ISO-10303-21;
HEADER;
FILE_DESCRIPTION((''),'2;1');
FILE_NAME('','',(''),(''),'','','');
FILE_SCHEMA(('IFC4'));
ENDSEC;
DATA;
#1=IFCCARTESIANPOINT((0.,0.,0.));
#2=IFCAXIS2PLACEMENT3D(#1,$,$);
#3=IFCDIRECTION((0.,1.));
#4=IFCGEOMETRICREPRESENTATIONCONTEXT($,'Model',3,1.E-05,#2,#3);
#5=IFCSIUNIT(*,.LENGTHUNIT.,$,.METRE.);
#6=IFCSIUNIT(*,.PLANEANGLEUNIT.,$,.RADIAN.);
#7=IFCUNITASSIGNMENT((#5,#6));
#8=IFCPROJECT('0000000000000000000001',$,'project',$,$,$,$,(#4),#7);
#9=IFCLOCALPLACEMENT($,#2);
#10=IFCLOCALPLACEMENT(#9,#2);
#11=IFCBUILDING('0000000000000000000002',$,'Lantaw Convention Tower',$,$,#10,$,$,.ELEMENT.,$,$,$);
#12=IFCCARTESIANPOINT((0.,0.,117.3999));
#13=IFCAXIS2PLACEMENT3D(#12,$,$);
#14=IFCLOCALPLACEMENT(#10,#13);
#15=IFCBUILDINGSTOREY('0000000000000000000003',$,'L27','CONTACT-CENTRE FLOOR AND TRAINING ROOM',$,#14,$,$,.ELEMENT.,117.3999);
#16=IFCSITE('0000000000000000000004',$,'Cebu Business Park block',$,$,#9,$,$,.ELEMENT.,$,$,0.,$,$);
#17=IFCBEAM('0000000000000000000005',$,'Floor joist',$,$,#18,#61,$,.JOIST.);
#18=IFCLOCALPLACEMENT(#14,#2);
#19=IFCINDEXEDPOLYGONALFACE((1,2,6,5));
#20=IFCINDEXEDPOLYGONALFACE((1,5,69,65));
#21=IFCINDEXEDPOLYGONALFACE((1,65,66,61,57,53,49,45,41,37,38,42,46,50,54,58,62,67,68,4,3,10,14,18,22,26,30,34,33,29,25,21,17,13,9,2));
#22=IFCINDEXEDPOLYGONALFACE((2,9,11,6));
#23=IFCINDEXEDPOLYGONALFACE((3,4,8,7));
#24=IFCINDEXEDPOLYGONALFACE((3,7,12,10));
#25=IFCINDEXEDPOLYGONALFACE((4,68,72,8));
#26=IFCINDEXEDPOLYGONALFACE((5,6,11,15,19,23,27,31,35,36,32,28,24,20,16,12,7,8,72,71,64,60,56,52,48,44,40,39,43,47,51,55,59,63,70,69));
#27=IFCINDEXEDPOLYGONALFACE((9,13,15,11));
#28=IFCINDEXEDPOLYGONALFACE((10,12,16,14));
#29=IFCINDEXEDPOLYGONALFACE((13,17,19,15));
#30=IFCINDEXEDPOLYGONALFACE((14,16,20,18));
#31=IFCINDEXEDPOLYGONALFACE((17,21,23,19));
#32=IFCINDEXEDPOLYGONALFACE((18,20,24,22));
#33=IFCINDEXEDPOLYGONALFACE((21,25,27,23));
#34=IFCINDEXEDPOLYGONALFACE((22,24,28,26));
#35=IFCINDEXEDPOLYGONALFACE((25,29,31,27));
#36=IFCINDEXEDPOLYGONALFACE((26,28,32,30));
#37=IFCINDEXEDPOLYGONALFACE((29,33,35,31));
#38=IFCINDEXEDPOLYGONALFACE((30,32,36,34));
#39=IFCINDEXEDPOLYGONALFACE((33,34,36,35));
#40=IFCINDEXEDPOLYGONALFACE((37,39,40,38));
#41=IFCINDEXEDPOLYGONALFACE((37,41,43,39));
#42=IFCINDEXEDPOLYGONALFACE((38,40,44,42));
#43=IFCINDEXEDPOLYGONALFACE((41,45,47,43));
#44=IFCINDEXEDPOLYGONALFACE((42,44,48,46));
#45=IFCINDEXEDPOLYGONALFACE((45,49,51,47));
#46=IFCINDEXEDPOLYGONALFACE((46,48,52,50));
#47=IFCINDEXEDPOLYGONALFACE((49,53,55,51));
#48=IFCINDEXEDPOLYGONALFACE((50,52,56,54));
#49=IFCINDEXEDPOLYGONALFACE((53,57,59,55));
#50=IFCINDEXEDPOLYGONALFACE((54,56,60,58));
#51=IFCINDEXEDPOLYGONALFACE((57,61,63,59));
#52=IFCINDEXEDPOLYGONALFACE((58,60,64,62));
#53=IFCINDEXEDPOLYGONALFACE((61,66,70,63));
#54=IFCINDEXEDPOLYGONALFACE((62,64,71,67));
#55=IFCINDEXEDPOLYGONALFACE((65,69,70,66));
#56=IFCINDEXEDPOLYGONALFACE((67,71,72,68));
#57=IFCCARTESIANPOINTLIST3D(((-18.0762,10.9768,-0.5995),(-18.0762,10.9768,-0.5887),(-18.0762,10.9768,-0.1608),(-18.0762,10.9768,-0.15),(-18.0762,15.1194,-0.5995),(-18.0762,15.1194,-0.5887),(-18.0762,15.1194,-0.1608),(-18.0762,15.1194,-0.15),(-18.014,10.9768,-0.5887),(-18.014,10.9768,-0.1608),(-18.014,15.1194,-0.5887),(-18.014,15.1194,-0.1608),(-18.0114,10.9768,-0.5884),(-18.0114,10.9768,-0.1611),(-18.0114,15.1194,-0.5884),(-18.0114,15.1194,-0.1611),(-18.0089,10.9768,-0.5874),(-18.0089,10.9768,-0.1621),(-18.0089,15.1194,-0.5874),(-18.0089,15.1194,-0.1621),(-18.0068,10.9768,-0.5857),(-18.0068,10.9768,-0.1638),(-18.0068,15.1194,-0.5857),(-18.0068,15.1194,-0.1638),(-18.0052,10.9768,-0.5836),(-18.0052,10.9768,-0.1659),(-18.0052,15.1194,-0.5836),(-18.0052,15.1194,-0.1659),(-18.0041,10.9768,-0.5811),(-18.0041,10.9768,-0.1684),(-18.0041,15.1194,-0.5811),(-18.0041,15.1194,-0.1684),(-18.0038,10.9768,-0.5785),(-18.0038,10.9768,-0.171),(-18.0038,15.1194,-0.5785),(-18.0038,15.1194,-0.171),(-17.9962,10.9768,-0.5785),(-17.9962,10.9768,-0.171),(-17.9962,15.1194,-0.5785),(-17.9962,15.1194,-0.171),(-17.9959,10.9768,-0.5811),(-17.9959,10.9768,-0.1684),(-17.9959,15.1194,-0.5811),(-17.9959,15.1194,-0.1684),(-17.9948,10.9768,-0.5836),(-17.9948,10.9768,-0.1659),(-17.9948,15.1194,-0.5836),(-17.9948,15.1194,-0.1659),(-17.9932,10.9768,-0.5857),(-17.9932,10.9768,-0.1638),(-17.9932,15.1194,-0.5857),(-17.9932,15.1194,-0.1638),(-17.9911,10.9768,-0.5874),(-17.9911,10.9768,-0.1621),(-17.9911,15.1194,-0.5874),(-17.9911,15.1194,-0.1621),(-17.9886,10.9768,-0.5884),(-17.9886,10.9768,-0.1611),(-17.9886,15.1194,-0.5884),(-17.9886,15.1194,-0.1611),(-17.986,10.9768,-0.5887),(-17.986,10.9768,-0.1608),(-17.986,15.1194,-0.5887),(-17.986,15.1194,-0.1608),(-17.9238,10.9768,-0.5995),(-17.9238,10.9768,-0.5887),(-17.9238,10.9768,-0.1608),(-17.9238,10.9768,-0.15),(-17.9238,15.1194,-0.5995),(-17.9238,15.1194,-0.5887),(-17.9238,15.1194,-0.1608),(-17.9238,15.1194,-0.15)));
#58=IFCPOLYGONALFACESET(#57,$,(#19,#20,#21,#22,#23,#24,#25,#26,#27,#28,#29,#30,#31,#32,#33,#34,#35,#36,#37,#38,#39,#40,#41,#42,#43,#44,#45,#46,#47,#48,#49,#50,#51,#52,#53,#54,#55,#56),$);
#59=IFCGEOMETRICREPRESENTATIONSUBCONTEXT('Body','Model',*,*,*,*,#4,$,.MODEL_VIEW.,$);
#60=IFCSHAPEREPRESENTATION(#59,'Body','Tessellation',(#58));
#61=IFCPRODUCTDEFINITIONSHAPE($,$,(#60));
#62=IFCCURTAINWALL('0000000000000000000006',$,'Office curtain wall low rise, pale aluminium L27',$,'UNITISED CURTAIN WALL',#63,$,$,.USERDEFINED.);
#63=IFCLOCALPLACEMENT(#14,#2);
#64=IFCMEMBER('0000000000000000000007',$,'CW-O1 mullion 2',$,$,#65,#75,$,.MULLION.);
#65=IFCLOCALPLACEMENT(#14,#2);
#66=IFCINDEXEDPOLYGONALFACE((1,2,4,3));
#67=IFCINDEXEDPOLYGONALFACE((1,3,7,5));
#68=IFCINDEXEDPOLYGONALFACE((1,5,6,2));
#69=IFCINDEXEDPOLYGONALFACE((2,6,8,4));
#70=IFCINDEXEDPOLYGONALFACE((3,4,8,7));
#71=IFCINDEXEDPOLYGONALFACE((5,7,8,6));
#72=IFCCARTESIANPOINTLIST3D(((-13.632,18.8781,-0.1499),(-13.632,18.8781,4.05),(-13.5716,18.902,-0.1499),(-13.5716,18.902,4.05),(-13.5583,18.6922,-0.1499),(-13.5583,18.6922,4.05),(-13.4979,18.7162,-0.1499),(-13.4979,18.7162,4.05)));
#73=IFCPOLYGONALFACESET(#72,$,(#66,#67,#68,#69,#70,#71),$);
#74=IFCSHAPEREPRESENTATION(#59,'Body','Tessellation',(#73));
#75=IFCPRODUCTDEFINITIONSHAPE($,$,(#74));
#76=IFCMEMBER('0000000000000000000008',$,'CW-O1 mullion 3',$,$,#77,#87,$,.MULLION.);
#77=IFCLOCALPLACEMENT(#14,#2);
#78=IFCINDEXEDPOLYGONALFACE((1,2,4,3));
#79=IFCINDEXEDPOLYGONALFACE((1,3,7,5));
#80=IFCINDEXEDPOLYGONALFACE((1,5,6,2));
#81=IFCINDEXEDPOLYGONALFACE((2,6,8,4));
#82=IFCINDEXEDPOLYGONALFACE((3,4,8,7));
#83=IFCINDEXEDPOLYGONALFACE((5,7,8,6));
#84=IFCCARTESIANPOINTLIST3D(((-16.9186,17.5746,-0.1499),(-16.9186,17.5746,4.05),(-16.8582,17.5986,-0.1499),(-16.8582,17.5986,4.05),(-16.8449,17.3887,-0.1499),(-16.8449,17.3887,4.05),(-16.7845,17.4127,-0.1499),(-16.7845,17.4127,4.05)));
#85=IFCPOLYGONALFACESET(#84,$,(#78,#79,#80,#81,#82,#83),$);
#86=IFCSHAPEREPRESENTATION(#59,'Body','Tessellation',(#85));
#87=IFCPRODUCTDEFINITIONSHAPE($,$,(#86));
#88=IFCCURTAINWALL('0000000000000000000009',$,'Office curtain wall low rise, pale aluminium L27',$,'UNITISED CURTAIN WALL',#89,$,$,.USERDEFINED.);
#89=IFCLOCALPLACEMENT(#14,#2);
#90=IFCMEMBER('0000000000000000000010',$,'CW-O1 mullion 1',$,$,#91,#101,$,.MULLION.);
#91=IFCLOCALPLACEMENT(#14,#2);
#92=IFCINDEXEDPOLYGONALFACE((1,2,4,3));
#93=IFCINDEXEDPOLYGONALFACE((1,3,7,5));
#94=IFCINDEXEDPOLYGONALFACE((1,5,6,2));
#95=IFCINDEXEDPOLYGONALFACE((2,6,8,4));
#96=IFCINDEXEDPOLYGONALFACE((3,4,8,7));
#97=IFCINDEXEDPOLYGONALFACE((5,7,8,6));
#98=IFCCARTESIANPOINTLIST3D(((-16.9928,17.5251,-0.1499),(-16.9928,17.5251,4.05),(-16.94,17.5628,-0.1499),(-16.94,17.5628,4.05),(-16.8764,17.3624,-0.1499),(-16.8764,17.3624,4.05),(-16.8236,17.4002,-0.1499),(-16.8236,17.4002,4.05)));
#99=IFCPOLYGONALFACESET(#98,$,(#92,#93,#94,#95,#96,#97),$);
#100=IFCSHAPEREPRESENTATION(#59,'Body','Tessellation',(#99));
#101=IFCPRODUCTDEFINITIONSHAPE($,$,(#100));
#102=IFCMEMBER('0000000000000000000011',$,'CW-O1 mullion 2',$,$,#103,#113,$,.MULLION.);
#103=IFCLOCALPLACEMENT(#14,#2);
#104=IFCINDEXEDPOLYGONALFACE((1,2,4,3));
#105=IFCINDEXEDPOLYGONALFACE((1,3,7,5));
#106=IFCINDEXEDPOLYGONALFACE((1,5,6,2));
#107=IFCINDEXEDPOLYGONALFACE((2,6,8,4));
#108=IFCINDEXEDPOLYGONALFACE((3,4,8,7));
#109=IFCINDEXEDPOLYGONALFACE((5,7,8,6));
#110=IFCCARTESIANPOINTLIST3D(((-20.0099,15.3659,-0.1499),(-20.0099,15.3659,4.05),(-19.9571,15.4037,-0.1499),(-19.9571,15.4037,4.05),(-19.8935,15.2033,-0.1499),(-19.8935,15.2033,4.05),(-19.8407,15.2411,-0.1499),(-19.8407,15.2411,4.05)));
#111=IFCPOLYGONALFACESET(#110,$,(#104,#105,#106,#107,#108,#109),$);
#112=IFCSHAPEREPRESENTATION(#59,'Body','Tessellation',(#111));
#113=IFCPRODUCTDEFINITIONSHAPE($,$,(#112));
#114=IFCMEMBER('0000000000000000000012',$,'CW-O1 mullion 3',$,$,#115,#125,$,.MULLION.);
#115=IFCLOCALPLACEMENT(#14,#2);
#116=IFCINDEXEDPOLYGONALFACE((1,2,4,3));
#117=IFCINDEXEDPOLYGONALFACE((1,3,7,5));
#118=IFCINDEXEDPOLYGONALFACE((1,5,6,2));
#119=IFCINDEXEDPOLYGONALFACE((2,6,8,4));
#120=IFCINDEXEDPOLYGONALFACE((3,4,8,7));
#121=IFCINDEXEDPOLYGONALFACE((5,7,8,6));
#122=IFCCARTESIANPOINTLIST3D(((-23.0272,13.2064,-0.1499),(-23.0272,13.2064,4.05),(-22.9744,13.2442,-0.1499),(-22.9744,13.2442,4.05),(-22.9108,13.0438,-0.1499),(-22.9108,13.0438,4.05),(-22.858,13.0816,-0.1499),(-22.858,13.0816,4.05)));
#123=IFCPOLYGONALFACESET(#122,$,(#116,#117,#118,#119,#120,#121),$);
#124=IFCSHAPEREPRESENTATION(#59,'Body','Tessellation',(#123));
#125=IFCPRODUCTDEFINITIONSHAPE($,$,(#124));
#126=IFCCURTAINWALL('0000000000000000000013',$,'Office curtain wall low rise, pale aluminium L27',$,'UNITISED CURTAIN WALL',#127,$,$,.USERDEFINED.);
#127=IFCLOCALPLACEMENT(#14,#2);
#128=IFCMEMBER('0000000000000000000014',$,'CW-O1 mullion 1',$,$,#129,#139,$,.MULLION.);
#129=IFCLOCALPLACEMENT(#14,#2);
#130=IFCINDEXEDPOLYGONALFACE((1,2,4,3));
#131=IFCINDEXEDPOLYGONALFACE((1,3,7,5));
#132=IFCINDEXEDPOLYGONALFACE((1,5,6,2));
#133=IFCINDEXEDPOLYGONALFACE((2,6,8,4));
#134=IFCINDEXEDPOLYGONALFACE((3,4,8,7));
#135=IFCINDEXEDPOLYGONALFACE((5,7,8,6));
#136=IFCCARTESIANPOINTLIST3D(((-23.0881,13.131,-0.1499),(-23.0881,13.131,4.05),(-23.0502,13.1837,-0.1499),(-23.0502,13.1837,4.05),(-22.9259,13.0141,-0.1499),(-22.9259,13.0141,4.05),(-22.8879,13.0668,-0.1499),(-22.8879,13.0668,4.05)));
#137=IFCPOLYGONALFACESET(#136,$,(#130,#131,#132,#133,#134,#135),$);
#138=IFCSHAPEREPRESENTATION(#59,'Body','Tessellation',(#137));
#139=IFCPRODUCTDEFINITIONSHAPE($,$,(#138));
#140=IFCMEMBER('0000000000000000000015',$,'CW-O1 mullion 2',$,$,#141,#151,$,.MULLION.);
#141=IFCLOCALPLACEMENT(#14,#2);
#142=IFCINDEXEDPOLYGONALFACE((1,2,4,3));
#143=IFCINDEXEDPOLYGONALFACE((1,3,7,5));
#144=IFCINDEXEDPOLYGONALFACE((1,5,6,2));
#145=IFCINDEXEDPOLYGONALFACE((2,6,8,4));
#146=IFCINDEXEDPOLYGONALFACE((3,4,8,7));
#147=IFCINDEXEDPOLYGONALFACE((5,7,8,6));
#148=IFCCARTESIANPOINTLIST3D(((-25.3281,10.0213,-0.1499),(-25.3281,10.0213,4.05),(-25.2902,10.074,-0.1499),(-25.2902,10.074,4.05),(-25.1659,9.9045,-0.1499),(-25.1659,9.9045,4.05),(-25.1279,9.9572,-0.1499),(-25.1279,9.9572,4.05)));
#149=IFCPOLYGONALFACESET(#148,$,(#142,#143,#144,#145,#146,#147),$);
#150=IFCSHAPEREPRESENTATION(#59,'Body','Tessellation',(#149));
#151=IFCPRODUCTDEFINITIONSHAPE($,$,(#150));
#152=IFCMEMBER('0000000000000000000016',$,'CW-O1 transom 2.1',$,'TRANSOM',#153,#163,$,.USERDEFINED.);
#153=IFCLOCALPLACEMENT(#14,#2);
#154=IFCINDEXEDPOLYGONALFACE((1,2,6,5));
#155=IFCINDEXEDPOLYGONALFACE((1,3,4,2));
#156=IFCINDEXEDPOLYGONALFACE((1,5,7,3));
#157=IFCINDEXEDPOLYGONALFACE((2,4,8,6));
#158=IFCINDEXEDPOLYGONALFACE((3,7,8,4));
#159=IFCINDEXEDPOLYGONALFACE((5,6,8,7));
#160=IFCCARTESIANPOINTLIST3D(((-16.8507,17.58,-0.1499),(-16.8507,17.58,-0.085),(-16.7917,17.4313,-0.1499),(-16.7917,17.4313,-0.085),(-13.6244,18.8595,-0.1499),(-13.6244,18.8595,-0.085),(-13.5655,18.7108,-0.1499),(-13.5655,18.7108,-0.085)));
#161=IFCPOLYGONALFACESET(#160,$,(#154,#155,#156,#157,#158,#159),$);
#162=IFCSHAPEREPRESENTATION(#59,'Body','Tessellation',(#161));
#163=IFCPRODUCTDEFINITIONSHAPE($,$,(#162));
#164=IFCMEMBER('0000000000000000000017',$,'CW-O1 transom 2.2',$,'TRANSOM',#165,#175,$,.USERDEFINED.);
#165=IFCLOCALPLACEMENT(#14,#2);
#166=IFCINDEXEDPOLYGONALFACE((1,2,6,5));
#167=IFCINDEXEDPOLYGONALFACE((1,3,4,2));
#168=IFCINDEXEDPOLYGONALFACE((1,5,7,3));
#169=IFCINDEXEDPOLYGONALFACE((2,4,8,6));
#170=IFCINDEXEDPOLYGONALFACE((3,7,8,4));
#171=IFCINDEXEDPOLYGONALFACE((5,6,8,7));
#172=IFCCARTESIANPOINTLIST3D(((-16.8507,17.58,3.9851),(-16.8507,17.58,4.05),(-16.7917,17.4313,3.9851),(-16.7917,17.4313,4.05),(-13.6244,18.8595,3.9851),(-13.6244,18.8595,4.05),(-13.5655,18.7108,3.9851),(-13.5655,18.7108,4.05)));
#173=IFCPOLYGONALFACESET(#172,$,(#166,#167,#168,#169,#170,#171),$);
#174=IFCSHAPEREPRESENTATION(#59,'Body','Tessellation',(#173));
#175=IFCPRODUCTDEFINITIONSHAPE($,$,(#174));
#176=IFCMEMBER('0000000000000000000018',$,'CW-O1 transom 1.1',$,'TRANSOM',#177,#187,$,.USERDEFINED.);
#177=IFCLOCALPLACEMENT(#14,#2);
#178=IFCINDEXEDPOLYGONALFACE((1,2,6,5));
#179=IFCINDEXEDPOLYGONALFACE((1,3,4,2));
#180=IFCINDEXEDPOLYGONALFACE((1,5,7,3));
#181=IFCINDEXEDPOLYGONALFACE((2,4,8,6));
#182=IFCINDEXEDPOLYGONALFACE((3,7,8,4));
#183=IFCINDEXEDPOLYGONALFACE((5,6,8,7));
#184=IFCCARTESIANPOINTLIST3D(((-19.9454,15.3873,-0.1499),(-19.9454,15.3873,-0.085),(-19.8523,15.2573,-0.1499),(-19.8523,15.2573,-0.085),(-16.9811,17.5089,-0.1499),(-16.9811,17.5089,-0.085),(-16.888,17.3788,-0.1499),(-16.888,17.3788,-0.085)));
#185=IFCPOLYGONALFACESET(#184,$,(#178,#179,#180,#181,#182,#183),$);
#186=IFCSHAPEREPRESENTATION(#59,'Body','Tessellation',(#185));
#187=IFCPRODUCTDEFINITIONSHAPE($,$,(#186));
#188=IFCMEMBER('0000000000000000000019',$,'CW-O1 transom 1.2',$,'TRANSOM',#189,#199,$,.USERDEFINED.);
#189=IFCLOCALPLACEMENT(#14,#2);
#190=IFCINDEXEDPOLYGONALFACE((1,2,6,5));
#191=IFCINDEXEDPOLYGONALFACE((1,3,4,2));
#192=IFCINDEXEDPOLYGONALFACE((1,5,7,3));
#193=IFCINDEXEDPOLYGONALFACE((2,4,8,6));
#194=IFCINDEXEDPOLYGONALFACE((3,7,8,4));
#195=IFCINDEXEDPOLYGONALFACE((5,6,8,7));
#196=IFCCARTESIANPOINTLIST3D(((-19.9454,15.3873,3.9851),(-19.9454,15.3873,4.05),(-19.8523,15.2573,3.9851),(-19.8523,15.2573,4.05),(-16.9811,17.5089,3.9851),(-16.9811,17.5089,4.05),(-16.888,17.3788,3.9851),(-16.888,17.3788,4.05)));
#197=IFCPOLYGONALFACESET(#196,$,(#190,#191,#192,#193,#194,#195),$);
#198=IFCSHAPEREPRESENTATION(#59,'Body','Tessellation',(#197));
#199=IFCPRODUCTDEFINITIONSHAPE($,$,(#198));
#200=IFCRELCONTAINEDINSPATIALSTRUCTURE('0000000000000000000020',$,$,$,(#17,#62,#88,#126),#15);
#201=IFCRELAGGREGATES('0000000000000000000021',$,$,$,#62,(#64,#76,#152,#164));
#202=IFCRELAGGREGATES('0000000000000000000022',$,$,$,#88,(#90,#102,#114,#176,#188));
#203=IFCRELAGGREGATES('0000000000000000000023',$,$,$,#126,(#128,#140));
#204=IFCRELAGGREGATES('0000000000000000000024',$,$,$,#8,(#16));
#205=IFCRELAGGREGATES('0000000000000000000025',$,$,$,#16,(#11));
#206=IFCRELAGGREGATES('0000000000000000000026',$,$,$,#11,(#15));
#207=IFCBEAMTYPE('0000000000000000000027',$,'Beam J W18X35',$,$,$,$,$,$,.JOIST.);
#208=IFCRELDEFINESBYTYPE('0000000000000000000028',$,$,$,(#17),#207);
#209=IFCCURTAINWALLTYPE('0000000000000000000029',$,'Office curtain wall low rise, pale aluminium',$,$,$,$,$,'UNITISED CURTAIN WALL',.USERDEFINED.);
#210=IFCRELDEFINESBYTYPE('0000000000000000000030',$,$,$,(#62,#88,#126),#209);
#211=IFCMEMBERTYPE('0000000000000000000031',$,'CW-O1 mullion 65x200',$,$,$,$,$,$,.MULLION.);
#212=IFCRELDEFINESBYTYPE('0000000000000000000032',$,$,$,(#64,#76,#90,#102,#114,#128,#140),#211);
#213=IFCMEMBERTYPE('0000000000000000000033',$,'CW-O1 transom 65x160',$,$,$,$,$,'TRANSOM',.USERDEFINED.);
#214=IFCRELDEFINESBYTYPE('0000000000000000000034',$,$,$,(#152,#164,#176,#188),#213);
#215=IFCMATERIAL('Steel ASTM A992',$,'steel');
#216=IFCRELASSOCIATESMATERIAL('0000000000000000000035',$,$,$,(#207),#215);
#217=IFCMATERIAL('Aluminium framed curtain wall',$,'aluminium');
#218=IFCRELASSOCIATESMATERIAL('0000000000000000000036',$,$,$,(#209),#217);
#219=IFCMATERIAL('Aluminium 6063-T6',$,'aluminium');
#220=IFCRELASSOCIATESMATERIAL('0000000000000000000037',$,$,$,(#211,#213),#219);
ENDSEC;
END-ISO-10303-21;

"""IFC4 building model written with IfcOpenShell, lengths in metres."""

from ifc_helpers import new_model, si_unit, direction, frame, origin, origin_2d, place, context, subcontext, project, spatial, rectangle, i_section, extrude, material, material_profile, profile_set, type_object, element, aggregate, save


model = new_model("IFC4")

# Units and contexts
model_context = context("Model", 3, precision=1e-05, world=origin(), true_north=direction((0.0, 1.0)))
body_context = subcontext(model_context, "Body", "Model", "MODEL_VIEW")
ifc_project = project(units=[si_unit("LENGTHUNIT", "METRE"), si_unit("PLANEANGLEUNIT", "RADIAN")], contexts=[model_context])

# Site, building, storey
site_placement = place(None, origin())
site = spatial("IfcSite", under=ifc_project, at=site_placement, Name="Cebu Business Park block", CompositionType="ELEMENT", RefElevation=0.0)
building_placement = place(site_placement, origin())
building = spatial("IfcBuilding", under=site, at=building_placement, Name="Lantaw Convention Tower", CompositionType="ELEMENT")
storey_placement = place(building_placement, frame((0.0, 0.0, 117.3999)))
storey = spatial("IfcBuildingStorey", under=building, at=storey_placement, Name="L27", Description="CONTACT-CENTRE FLOOR AND TRAINING ROOM", CompositionType="ELEMENT", Elevation=117.3999)

# Beam
ifc_material_1 = material(Name="Steel ASTM A992", Category="steel")
ifc_material_profile_1 = material_profile(ifc_material_1, i_section(OverallWidth=0.1523, OverallDepth=0.4495, WebThickness=0.0076, FlangeThickness=0.0107, FilletRadius=0.0103, at=origin_2d()), Name="W18X35")
ifc_profile_set_1 = profile_set([ifc_material_profile_1], Name="Steel ASTM A992")
beam_type_1 = type_object("IfcBeamType", Name="Beam J W18X35", PredefinedType="JOIST", material=ifc_profile_set_1)
beam_1_placement = place(storey_placement, frame((-18.0, 10.9768, -0.3748), z_axis=(0.0, 1.0, 0.0), x_axis=(-1.0, 0.0, 0.0)))
element("IfcBeam", 1, at=beam_1_placement, inside=storey, type_object=beam_type_1, Name="Floor joist", PredefinedType="JOIST", context=body_context, shape_type="SweptSolid", body=[
    extrude(i_section(OverallWidth=0.1523, OverallDepth=0.4495, WebThickness=0.0076, FlangeThickness=0.0107, FilletRadius=0.0103, at=origin_2d()), origin(), (0.0, 0.0, 1.0), 4.1426),
])

# Curtain walls, members
ifc_material_2 = material(Name="Aluminium framed curtain wall", Category="aluminium")
curtain_wall_type = type_object("IfcCurtainWallType", Name="Office curtain wall low rise, pale aluminium", ElementType="UNITISED CURTAIN WALL", PredefinedType="USERDEFINED", material=ifc_material_2)
curtain_wall_1_placement = place(storey_placement, origin())
curtain_wall_1 = element("IfcCurtainWall", 2, at=curtain_wall_1_placement, inside=storey, type_object=curtain_wall_type, Name="Office curtain wall low rise, pale aluminium L27", ObjectType="UNITISED CURTAIN WALL", PredefinedType="USERDEFINED")
ifc_material_3 = material(Name="Aluminium 6063-T6", Category="aluminium")
ifc_material_profile_2 = material_profile(ifc_material_3, rectangle(XDim=0.2, YDim=0.0649, at=origin_2d()), Name="CW-O1 mullion 65x200")
ifc_profile_set_2 = profile_set([ifc_material_profile_2], Name="Aluminium 6063-T6")
member_type_1 = type_object("IfcMemberType", Name="CW-O1 mullion 65x200", PredefinedType="MULLION", material=ifc_profile_set_2)
member_1_placement = place(storey_placement, frame((-13.5649, 18.7971, -0.1499), z_axis=(0.0, 0.0, 1.0), x_axis=(0.368702, -0.929548, 0.0)))
member_1 = element("IfcMember", 3, at=member_1_placement, type_object=member_type_1, Name="CW-O1 mullion 2", PredefinedType="MULLION", context=body_context, shape_type="SweptSolid", body=[
    extrude(rectangle(XDim=0.2, YDim=0.0649, at=origin_2d()), origin(), (0.0, 0.0, 1.0), 4.2),
])
member_2_placement = place(storey_placement, frame((-16.8516, 17.4937, -0.1499), z_axis=(0.0, 0.0, 1.0), x_axis=(0.368702, -0.929548, 0.0)))
member_2 = element("IfcMember", 4, at=member_2_placement, type_object=member_type_1, Name="CW-O1 mullion 3", PredefinedType="MULLION", context=body_context, shape_type="SweptSolid", body=[
    extrude(rectangle(XDim=0.2, YDim=0.0649, at=origin_2d()), origin(), (0.0, 0.0, 1.0), 4.2),
])
curtain_wall_2_placement = place(storey_placement, origin())
curtain_wall_2 = element("IfcCurtainWall", 5, at=curtain_wall_2_placement, inside=storey, type_object=curtain_wall_type, Name="Office curtain wall low rise, pale aluminium L27", ObjectType="UNITISED CURTAIN WALL", PredefinedType="USERDEFINED")
member_3_placement = place(storey_placement, frame((-16.9082, 17.4626, -0.1499), z_axis=(0.0, 0.0, 1.0), x_axis=(0.581973, -0.813208, 0.0)))
member_3 = element("IfcMember", 6, at=member_3_placement, type_object=member_type_1, Name="CW-O1 mullion 1", PredefinedType="MULLION", context=body_context, shape_type="SweptSolid", body=[
    extrude(rectangle(XDim=0.2, YDim=0.0649, at=origin_2d()), origin(), (0.0, 0.0, 1.0), 4.2),
])
member_4_placement = place(storey_placement, frame((-19.9253, 15.3035, -0.1499), z_axis=(0.0, 0.0, 1.0), x_axis=(0.581973, -0.813208, 0.0)))
member_4 = element("IfcMember", 7, at=member_4_placement, type_object=member_type_1, Name="CW-O1 mullion 2", PredefinedType="MULLION", context=body_context, shape_type="SweptSolid", body=[
    extrude(rectangle(XDim=0.2, YDim=0.0649, at=origin_2d()), origin(), (0.0, 0.0, 1.0), 4.2),
])
member_5_placement = place(storey_placement, frame((-22.9426, 13.144, -0.1499), z_axis=(0.0, 0.0, 1.0), x_axis=(0.581973, -0.813208, 0.0)))
member_5 = element("IfcMember", 8, at=member_5_placement, type_object=member_type_1, Name="CW-O1 mullion 3", PredefinedType="MULLION", context=body_context, shape_type="SweptSolid", body=[
    extrude(rectangle(XDim=0.2, YDim=0.0649, at=origin_2d()), origin(), (0.0, 0.0, 1.0), 4.2),
])
curtain_wall_3_placement = place(storey_placement, origin())
curtain_wall_3 = element("IfcCurtainWall", 9, at=curtain_wall_3_placement, inside=storey, type_object=curtain_wall_type, Name="Office curtain wall low rise, pale aluminium L27", ObjectType="UNITISED CURTAIN WALL", PredefinedType="USERDEFINED")
member_6_placement = place(storey_placement, frame((-22.988, 13.0989, -0.1499), z_axis=(0.0, 0.0, 1.0), x_axis=(0.811385, -0.584513, 0.0)))
member_6 = element("IfcMember", 10, at=member_6_placement, type_object=member_type_1, Name="CW-O1 mullion 1", PredefinedType="MULLION", context=body_context, shape_type="SweptSolid", body=[
    extrude(rectangle(XDim=0.2, YDim=0.0649, at=origin_2d()), origin(), (0.0, 0.0, 1.0), 4.2),
])
member_7_placement = place(storey_placement, frame((-25.228, 9.9893, -0.1499), z_axis=(0.0, 0.0, 1.0), x_axis=(0.811385, -0.584513, 0.0)))
member_7 = element("IfcMember", 11, at=member_7_placement, type_object=member_type_1, Name="CW-O1 mullion 2", PredefinedType="MULLION", context=body_context, shape_type="SweptSolid", body=[
    extrude(rectangle(XDim=0.2, YDim=0.0649, at=origin_2d()), origin(), (0.0, 0.0, 1.0), 4.2),
])

# Members
ifc_material_profile_3 = material_profile(ifc_material_3, rectangle(XDim=0.1599, YDim=0.0649, at=origin_2d()), Name="CW-O1 transom 65x160")
ifc_profile_set_3 = profile_set([ifc_material_profile_3], Name="Aluminium 6063-T6")
member_type_2 = type_object("IfcMemberType", Name="CW-O1 transom 65x160", ElementType="TRANSOM", PredefinedType="USERDEFINED", material=ifc_profile_set_3)
member_8_placement = place(storey_placement, frame((-13.595, 18.7852, -0.1174), z_axis=(-0.929564, -0.36866, 0.0), x_axis=(0.36866, -0.929564, 0.0)))
member_8 = element("IfcMember", 12, at=member_8_placement, type_object=member_type_2, Name="CW-O1 transom 2.1", ObjectType="TRANSOM", PredefinedType="USERDEFINED", context=body_context, shape_type="SweptSolid", body=[
    extrude(rectangle(XDim=0.1599, YDim=0.0649, at=origin_2d()), origin(), (0.0, 0.0, 1.0), 3.4707),
])
member_9_placement = place(storey_placement, frame((-13.595, 18.7852, 4.0176), z_axis=(-0.929564, -0.36866, 0.0), x_axis=(0.36866, -0.929564, 0.0)))
member_9 = element("IfcMember", 13, at=member_9_placement, type_object=member_type_2, Name="CW-O1 transom 2.2", ObjectType="TRANSOM", PredefinedType="USERDEFINED", context=body_context, shape_type="SweptSolid", body=[
    extrude(rectangle(XDim=0.1599, YDim=0.0649, at=origin_2d()), origin(), (0.0, 0.0, 1.0), 3.4707),
])
member_10_placement = place(storey_placement, frame((-16.9346, 17.4438, -0.1174), z_axis=(-0.81319, -0.581998, 0.0), x_axis=(0.581998, -0.81319, 0.0)))
member_10 = element("IfcMember", 14, at=member_10_placement, type_object=member_type_2, Name="CW-O1 transom 1.1", ObjectType="TRANSOM", PredefinedType="USERDEFINED", context=body_context, shape_type="SweptSolid", body=[
    extrude(rectangle(XDim=0.1599, YDim=0.0649, at=origin_2d()), origin(), (0.0, 0.0, 1.0), 3.6453),
])
member_11_placement = place(storey_placement, frame((-16.9346, 17.4438, 4.0176), z_axis=(-0.81319, -0.581998, 0.0), x_axis=(0.581998, -0.81319, 0.0)))
member_11 = element("IfcMember", 15, at=member_11_placement, type_object=member_type_2, Name="CW-O1 transom 1.2", ObjectType="TRANSOM", PredefinedType="USERDEFINED", context=body_context, shape_type="SweptSolid", body=[
    extrude(rectangle(XDim=0.1599, YDim=0.0649, at=origin_2d()), origin(), (0.0, 0.0, 1.0), 3.6453),
])

aggregate(curtain_wall_1, [member_1, member_2, member_8, member_9])
aggregate(curtain_wall_2, [member_3, member_4, member_5, member_10, member_11])
aggregate(curtain_wall_3, [member_6, member_7])

save(model, "model.ifc")
